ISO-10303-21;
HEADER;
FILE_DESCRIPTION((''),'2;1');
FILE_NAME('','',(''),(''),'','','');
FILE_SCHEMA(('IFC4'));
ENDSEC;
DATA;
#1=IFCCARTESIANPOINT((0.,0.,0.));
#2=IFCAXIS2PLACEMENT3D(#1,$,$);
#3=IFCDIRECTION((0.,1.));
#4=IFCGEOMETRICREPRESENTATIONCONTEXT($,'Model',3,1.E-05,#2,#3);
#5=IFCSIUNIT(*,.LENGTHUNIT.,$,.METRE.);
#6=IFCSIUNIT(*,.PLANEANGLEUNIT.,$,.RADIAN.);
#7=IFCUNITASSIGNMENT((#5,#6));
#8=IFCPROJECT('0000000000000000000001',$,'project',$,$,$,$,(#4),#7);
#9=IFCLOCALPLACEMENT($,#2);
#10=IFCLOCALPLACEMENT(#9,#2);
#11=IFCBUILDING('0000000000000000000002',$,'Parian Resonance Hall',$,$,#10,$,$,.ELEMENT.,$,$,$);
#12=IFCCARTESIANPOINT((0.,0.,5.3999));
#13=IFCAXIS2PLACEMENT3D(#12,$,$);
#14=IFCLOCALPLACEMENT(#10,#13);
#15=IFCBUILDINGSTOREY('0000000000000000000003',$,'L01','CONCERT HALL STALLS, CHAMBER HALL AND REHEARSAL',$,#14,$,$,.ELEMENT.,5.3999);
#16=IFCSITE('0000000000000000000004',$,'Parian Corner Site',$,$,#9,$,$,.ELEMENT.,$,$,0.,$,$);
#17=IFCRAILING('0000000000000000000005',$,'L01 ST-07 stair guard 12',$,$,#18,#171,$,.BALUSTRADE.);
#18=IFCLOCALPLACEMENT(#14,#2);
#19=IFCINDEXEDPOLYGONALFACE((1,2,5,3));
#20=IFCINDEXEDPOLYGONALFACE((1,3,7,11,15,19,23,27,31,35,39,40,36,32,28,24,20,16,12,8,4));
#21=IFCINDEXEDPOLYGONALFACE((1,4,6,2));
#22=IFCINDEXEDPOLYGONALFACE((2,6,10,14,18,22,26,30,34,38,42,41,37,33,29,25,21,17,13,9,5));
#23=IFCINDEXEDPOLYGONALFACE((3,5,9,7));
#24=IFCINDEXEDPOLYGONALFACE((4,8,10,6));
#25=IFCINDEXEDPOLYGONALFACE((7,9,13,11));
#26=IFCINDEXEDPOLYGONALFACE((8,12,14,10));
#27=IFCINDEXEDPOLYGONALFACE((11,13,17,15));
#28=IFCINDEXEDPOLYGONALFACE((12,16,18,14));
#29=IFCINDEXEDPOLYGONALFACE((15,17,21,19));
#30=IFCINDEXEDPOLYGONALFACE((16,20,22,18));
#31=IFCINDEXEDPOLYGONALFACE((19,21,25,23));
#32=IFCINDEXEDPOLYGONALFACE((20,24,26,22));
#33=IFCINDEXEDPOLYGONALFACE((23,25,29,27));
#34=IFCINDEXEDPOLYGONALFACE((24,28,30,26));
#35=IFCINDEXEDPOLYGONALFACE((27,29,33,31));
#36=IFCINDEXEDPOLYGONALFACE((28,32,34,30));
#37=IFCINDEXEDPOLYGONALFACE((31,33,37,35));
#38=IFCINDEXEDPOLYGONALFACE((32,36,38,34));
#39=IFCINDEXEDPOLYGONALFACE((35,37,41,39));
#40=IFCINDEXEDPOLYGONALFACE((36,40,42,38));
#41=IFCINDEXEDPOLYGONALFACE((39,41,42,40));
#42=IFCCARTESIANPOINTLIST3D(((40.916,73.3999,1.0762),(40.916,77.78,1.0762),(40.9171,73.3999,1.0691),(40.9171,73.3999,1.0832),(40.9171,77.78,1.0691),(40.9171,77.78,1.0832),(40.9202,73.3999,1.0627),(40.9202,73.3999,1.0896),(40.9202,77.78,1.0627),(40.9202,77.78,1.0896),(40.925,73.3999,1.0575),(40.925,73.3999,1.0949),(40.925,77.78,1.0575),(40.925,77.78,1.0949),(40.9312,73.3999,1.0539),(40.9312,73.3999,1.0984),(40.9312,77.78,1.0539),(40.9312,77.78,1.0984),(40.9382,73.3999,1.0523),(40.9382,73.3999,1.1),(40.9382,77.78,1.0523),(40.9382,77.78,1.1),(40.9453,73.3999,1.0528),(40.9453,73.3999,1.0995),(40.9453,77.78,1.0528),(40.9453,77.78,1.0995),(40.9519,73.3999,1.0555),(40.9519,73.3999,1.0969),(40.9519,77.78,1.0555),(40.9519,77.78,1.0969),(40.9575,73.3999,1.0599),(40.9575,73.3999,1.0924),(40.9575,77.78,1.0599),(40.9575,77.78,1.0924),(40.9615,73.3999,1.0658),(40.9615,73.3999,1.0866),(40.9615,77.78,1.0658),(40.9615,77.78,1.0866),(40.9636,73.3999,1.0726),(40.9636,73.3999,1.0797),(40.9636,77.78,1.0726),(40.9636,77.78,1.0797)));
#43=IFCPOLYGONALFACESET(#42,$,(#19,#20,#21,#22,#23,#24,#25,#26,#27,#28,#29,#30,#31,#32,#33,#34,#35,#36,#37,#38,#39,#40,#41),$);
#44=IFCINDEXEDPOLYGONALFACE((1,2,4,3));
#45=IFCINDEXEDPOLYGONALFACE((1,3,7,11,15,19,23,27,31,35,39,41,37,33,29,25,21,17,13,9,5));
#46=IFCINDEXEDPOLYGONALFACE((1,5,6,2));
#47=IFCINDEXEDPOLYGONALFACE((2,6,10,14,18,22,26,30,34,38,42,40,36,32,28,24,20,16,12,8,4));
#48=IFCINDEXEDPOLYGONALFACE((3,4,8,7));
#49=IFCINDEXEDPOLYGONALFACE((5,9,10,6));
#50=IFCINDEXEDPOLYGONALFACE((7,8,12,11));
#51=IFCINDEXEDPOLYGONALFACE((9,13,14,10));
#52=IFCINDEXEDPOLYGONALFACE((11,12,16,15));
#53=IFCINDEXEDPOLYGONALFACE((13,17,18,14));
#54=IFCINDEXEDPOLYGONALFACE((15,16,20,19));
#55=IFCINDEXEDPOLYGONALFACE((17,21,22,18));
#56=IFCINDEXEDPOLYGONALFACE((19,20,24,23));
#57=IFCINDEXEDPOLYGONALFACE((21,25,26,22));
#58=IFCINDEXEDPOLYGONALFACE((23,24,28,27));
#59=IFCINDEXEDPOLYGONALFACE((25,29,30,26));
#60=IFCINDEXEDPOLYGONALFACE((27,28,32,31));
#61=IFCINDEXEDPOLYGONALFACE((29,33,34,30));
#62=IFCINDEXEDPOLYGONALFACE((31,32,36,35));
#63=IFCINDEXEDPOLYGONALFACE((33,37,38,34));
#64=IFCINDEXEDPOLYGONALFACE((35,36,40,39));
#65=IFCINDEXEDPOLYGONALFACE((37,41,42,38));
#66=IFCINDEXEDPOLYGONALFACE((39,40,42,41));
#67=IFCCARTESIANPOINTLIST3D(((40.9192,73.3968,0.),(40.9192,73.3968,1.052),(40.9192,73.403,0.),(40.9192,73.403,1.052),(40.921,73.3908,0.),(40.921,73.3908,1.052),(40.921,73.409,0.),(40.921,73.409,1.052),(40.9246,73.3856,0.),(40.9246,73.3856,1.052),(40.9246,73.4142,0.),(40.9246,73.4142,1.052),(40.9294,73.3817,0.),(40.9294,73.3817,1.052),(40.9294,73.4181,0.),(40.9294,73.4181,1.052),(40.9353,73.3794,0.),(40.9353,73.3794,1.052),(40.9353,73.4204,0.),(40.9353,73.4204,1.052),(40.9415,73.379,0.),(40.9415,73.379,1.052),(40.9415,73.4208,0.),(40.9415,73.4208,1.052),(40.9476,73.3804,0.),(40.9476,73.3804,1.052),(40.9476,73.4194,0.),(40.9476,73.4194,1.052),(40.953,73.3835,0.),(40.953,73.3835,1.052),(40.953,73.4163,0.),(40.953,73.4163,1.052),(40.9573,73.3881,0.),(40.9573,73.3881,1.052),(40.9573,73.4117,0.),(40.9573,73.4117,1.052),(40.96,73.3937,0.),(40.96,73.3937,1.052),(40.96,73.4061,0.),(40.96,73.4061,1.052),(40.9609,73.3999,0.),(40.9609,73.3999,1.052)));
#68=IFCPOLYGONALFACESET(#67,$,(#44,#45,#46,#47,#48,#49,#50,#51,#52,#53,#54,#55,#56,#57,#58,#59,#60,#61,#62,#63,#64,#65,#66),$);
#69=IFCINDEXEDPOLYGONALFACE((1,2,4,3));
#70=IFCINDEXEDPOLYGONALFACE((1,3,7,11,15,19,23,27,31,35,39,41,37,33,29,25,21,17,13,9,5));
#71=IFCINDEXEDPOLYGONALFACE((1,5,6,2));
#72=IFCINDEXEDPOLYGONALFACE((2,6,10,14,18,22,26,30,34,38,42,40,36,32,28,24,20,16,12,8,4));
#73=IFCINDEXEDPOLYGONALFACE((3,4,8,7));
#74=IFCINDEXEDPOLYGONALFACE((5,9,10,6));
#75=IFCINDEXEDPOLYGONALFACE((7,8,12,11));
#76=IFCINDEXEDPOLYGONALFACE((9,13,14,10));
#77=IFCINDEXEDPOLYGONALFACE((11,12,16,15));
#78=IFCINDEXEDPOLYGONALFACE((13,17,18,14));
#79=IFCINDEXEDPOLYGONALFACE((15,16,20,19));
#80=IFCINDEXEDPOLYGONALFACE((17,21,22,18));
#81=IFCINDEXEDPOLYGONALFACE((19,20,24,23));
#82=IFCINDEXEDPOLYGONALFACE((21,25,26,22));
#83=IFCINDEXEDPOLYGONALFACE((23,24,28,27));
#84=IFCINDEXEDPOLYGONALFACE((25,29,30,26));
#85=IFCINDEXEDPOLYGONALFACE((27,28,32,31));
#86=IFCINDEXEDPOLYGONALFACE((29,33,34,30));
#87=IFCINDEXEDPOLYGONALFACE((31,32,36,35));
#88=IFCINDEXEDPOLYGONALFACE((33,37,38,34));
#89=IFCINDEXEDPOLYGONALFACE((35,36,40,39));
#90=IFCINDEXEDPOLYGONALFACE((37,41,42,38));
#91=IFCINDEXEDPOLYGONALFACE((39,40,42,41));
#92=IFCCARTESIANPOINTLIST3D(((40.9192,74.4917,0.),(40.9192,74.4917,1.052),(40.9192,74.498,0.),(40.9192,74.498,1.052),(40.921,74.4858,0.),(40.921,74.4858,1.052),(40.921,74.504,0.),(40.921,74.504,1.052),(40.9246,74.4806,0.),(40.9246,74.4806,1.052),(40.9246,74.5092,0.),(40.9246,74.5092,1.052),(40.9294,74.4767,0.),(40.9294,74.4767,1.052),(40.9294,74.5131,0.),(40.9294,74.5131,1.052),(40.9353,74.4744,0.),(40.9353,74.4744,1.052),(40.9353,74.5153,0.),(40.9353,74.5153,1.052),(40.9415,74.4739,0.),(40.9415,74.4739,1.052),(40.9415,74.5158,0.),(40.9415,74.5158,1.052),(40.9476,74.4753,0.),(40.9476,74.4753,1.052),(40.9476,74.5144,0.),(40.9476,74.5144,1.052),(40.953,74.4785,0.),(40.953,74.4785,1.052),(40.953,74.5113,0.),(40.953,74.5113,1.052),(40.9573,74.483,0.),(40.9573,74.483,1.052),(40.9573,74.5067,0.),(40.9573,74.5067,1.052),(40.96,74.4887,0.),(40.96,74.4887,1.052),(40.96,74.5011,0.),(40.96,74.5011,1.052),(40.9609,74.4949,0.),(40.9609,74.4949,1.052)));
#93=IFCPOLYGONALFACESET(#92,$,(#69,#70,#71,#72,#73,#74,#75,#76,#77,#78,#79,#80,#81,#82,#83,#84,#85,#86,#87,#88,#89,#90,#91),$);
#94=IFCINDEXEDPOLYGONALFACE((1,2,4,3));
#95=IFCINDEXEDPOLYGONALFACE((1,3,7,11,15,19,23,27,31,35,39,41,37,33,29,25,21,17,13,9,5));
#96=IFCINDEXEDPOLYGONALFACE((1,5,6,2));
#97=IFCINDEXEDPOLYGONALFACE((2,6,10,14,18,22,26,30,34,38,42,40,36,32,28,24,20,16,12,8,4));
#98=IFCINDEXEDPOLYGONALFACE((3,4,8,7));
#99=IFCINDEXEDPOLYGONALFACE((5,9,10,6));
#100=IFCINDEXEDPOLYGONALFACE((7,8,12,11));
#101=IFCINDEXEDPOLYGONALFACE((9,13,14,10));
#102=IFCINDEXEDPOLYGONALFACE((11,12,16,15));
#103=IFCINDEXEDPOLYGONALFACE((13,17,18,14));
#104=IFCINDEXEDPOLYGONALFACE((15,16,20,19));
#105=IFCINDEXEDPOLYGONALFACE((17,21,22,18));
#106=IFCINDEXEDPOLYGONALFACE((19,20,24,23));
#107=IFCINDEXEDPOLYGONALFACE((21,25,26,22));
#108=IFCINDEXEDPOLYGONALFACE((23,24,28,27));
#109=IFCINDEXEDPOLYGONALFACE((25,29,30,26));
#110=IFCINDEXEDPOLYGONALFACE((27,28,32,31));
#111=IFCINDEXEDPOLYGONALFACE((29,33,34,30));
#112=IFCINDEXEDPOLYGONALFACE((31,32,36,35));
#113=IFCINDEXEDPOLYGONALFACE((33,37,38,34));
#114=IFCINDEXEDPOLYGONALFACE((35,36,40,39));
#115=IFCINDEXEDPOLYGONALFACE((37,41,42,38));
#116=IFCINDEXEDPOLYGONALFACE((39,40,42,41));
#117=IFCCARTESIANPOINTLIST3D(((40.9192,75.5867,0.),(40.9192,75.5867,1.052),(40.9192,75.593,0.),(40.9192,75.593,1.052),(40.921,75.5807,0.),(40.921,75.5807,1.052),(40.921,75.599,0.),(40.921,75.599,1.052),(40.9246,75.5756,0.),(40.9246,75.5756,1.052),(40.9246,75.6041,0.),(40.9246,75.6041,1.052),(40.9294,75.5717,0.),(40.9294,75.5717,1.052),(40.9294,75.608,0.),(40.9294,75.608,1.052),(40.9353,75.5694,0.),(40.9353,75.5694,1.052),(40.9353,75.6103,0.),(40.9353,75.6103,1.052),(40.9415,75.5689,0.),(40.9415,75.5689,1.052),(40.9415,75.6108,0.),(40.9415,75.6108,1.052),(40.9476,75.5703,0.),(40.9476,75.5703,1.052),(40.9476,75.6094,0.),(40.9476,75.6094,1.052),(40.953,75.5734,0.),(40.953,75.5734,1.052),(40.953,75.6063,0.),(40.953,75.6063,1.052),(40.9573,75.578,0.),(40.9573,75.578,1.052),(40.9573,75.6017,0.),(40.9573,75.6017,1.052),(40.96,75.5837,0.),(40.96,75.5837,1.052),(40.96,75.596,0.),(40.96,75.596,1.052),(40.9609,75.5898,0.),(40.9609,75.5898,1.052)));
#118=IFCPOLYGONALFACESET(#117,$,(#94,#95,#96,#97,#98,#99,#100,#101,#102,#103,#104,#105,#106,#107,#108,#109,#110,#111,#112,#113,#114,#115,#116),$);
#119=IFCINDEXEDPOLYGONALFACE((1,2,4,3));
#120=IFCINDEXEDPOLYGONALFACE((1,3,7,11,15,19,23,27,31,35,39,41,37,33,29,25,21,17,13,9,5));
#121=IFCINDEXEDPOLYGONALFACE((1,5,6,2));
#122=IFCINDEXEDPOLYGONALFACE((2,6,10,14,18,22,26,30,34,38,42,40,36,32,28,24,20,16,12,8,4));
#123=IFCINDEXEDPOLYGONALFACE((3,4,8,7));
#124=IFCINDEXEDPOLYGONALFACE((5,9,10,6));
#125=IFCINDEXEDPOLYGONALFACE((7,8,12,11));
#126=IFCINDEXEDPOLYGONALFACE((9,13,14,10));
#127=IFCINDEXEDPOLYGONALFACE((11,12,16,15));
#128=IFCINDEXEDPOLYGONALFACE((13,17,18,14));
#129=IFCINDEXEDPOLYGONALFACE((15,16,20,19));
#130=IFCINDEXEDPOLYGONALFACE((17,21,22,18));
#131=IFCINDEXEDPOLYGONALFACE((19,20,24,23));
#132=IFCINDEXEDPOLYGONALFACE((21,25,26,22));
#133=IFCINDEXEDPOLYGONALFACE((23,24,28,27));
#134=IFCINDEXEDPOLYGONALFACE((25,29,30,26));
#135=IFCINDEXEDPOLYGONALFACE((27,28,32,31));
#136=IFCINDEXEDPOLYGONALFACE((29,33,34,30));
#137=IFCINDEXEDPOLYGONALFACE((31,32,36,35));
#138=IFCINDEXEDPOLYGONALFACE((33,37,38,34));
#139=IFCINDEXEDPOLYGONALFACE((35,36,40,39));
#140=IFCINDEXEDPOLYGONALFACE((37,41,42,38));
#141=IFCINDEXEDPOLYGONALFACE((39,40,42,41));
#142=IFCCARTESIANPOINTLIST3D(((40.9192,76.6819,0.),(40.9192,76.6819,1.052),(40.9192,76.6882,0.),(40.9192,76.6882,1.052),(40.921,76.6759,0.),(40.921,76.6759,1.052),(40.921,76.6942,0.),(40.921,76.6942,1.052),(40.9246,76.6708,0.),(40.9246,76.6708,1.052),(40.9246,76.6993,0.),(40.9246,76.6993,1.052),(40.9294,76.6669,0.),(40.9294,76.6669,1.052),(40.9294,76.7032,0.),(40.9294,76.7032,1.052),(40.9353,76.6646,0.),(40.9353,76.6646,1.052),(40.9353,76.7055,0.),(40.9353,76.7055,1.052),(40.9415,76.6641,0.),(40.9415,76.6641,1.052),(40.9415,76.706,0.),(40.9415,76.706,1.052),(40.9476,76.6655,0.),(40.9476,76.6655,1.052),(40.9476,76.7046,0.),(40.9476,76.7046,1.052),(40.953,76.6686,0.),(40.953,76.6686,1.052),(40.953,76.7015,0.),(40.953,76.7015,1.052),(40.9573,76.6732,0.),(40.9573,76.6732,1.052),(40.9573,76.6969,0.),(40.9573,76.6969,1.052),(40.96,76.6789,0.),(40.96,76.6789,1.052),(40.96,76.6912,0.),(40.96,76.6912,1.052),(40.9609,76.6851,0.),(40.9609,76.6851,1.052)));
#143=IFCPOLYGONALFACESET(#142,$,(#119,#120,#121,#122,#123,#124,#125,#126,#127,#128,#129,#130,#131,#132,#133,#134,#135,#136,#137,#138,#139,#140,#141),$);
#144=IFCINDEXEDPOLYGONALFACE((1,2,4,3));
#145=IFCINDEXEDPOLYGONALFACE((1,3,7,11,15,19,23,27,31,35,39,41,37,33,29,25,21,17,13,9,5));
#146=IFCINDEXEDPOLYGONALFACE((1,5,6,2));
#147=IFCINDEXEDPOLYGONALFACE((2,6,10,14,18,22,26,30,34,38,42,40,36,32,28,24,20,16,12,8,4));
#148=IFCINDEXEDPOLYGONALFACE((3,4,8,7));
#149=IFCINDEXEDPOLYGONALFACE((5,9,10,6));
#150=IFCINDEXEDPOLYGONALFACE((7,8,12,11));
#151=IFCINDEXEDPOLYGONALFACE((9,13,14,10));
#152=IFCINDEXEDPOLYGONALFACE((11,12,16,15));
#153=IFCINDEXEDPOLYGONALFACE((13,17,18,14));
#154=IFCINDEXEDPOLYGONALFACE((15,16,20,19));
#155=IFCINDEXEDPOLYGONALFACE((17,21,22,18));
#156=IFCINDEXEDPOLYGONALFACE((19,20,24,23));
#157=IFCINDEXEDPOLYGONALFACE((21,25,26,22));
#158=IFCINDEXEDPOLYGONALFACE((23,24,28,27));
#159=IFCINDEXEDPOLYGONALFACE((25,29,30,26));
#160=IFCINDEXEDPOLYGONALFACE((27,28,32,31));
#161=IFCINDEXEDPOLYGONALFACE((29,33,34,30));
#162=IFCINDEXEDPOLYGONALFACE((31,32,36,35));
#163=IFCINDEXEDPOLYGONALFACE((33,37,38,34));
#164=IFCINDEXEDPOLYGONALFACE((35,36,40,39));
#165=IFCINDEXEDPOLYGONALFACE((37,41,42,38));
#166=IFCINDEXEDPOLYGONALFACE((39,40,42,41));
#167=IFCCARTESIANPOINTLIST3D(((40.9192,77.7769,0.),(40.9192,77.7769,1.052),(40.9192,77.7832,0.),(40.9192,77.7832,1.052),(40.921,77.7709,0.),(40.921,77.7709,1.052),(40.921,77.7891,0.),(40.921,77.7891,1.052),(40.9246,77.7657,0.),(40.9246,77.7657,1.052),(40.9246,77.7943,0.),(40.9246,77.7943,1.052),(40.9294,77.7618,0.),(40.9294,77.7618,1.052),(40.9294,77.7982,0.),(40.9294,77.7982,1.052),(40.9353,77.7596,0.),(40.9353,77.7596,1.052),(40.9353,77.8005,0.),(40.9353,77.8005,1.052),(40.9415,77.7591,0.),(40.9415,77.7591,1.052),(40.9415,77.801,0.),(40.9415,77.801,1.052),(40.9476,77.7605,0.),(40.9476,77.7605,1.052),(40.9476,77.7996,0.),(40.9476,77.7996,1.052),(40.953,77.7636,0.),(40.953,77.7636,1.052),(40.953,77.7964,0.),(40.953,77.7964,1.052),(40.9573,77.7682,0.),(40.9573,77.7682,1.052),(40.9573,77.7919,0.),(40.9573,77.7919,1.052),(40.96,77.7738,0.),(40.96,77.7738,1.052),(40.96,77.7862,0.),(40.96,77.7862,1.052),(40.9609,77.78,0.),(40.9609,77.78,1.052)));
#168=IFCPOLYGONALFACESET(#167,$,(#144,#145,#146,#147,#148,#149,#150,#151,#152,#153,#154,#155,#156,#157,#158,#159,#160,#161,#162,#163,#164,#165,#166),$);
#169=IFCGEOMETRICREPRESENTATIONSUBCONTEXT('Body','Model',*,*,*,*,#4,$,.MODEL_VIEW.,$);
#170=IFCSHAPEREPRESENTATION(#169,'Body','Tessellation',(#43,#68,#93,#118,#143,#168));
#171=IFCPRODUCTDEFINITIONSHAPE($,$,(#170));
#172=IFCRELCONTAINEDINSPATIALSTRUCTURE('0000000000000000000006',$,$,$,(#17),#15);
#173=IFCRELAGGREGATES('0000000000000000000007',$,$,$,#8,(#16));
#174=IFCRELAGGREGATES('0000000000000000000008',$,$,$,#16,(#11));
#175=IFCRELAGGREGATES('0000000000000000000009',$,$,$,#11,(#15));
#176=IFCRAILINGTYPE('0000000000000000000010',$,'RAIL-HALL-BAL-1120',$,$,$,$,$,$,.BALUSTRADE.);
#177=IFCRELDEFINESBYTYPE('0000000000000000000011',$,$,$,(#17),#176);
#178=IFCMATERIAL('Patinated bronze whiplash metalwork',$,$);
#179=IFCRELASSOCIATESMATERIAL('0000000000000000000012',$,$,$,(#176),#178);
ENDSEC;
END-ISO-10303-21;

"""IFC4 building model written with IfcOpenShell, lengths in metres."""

from ifc_helpers import new_model, si_unit, direction, frame, origin, origin_2d, place, context, subcontext, project, spatial, circle, extrude, material, type_object, element, save


model = new_model("IFC4")

# Units and contexts
model_context = context("Model", 3, precision=1e-05, world=origin(), true_north=direction((0.0, 1.0)))
body_context = subcontext(model_context, "Body", "Model", "MODEL_VIEW")
ifc_project = project(units=[si_unit("LENGTHUNIT", "METRE"), si_unit("PLANEANGLEUNIT", "RADIAN")], contexts=[model_context])

# Site, building, storey
site_placement = place(None, origin())
site = spatial("IfcSite", under=ifc_project, at=site_placement, Name="Parian Corner Site", CompositionType="ELEMENT", RefElevation=0.0)
building_placement = place(site_placement, origin())
building = spatial("IfcBuilding", under=site, at=building_placement, Name="Parian Resonance Hall", CompositionType="ELEMENT")
storey_placement = place(building_placement, frame((0.0, 0.0, 5.3999)))
storey = spatial("IfcBuildingStorey", under=building, at=storey_placement, Name="L01", Description="CONCERT HALL STALLS, CHAMBER HALL AND REHEARSAL", CompositionType="ELEMENT", Elevation=5.3999)

# Railing
ifc_material_1 = material(Name="Patinated bronze whiplash metalwork")
railing_type = type_object("IfcRailingType", Name="RAIL-HALL-BAL-1120", PredefinedType="BALUSTRADE", material=ifc_material_1)
railing_1_placement = place(storey_placement, frame((40.9399, 73.3999, 0.0)))
element("IfcRailing", 1, at=railing_1_placement, inside=storey, type_object=railing_type, Name="L01 ST-07 stair guard 12", PredefinedType="BALUSTRADE", context=body_context, shape_type="SweptSolid", body=[
    extrude(circle(Radius=0.0239, at=origin_2d()), frame((0.0, 0.0, 1.0762), z_axis=(0.0, 1.0, 0.0), x_axis=(-1.0, 0.0, 0.0)), (0.0, 0.0, 1.0), 4.3801),
    extrude(circle(Radius=0.021, at=origin_2d()), origin(), (0.0, 0.0, 1.0), 1.052),
    extrude(circle(Radius=0.021, at=origin_2d()), frame((0.0, 1.095, 0.0)), (0.0, 0.0, 1.0), 1.052),
    extrude(circle(Radius=0.021, at=origin_2d()), frame((0.0, 2.1899, 0.0)), (0.0, 0.0, 1.0), 1.052),
    extrude(circle(Radius=0.021, at=origin_2d()), frame((0.0, 3.2852, 0.0)), (0.0, 0.0, 1.0), 1.052),
    extrude(circle(Radius=0.021, at=origin_2d()), frame((0.0, 4.3801, 0.0)), (0.0, 0.0, 1.0), 1.052),
])

save(model, "model.ifc")
